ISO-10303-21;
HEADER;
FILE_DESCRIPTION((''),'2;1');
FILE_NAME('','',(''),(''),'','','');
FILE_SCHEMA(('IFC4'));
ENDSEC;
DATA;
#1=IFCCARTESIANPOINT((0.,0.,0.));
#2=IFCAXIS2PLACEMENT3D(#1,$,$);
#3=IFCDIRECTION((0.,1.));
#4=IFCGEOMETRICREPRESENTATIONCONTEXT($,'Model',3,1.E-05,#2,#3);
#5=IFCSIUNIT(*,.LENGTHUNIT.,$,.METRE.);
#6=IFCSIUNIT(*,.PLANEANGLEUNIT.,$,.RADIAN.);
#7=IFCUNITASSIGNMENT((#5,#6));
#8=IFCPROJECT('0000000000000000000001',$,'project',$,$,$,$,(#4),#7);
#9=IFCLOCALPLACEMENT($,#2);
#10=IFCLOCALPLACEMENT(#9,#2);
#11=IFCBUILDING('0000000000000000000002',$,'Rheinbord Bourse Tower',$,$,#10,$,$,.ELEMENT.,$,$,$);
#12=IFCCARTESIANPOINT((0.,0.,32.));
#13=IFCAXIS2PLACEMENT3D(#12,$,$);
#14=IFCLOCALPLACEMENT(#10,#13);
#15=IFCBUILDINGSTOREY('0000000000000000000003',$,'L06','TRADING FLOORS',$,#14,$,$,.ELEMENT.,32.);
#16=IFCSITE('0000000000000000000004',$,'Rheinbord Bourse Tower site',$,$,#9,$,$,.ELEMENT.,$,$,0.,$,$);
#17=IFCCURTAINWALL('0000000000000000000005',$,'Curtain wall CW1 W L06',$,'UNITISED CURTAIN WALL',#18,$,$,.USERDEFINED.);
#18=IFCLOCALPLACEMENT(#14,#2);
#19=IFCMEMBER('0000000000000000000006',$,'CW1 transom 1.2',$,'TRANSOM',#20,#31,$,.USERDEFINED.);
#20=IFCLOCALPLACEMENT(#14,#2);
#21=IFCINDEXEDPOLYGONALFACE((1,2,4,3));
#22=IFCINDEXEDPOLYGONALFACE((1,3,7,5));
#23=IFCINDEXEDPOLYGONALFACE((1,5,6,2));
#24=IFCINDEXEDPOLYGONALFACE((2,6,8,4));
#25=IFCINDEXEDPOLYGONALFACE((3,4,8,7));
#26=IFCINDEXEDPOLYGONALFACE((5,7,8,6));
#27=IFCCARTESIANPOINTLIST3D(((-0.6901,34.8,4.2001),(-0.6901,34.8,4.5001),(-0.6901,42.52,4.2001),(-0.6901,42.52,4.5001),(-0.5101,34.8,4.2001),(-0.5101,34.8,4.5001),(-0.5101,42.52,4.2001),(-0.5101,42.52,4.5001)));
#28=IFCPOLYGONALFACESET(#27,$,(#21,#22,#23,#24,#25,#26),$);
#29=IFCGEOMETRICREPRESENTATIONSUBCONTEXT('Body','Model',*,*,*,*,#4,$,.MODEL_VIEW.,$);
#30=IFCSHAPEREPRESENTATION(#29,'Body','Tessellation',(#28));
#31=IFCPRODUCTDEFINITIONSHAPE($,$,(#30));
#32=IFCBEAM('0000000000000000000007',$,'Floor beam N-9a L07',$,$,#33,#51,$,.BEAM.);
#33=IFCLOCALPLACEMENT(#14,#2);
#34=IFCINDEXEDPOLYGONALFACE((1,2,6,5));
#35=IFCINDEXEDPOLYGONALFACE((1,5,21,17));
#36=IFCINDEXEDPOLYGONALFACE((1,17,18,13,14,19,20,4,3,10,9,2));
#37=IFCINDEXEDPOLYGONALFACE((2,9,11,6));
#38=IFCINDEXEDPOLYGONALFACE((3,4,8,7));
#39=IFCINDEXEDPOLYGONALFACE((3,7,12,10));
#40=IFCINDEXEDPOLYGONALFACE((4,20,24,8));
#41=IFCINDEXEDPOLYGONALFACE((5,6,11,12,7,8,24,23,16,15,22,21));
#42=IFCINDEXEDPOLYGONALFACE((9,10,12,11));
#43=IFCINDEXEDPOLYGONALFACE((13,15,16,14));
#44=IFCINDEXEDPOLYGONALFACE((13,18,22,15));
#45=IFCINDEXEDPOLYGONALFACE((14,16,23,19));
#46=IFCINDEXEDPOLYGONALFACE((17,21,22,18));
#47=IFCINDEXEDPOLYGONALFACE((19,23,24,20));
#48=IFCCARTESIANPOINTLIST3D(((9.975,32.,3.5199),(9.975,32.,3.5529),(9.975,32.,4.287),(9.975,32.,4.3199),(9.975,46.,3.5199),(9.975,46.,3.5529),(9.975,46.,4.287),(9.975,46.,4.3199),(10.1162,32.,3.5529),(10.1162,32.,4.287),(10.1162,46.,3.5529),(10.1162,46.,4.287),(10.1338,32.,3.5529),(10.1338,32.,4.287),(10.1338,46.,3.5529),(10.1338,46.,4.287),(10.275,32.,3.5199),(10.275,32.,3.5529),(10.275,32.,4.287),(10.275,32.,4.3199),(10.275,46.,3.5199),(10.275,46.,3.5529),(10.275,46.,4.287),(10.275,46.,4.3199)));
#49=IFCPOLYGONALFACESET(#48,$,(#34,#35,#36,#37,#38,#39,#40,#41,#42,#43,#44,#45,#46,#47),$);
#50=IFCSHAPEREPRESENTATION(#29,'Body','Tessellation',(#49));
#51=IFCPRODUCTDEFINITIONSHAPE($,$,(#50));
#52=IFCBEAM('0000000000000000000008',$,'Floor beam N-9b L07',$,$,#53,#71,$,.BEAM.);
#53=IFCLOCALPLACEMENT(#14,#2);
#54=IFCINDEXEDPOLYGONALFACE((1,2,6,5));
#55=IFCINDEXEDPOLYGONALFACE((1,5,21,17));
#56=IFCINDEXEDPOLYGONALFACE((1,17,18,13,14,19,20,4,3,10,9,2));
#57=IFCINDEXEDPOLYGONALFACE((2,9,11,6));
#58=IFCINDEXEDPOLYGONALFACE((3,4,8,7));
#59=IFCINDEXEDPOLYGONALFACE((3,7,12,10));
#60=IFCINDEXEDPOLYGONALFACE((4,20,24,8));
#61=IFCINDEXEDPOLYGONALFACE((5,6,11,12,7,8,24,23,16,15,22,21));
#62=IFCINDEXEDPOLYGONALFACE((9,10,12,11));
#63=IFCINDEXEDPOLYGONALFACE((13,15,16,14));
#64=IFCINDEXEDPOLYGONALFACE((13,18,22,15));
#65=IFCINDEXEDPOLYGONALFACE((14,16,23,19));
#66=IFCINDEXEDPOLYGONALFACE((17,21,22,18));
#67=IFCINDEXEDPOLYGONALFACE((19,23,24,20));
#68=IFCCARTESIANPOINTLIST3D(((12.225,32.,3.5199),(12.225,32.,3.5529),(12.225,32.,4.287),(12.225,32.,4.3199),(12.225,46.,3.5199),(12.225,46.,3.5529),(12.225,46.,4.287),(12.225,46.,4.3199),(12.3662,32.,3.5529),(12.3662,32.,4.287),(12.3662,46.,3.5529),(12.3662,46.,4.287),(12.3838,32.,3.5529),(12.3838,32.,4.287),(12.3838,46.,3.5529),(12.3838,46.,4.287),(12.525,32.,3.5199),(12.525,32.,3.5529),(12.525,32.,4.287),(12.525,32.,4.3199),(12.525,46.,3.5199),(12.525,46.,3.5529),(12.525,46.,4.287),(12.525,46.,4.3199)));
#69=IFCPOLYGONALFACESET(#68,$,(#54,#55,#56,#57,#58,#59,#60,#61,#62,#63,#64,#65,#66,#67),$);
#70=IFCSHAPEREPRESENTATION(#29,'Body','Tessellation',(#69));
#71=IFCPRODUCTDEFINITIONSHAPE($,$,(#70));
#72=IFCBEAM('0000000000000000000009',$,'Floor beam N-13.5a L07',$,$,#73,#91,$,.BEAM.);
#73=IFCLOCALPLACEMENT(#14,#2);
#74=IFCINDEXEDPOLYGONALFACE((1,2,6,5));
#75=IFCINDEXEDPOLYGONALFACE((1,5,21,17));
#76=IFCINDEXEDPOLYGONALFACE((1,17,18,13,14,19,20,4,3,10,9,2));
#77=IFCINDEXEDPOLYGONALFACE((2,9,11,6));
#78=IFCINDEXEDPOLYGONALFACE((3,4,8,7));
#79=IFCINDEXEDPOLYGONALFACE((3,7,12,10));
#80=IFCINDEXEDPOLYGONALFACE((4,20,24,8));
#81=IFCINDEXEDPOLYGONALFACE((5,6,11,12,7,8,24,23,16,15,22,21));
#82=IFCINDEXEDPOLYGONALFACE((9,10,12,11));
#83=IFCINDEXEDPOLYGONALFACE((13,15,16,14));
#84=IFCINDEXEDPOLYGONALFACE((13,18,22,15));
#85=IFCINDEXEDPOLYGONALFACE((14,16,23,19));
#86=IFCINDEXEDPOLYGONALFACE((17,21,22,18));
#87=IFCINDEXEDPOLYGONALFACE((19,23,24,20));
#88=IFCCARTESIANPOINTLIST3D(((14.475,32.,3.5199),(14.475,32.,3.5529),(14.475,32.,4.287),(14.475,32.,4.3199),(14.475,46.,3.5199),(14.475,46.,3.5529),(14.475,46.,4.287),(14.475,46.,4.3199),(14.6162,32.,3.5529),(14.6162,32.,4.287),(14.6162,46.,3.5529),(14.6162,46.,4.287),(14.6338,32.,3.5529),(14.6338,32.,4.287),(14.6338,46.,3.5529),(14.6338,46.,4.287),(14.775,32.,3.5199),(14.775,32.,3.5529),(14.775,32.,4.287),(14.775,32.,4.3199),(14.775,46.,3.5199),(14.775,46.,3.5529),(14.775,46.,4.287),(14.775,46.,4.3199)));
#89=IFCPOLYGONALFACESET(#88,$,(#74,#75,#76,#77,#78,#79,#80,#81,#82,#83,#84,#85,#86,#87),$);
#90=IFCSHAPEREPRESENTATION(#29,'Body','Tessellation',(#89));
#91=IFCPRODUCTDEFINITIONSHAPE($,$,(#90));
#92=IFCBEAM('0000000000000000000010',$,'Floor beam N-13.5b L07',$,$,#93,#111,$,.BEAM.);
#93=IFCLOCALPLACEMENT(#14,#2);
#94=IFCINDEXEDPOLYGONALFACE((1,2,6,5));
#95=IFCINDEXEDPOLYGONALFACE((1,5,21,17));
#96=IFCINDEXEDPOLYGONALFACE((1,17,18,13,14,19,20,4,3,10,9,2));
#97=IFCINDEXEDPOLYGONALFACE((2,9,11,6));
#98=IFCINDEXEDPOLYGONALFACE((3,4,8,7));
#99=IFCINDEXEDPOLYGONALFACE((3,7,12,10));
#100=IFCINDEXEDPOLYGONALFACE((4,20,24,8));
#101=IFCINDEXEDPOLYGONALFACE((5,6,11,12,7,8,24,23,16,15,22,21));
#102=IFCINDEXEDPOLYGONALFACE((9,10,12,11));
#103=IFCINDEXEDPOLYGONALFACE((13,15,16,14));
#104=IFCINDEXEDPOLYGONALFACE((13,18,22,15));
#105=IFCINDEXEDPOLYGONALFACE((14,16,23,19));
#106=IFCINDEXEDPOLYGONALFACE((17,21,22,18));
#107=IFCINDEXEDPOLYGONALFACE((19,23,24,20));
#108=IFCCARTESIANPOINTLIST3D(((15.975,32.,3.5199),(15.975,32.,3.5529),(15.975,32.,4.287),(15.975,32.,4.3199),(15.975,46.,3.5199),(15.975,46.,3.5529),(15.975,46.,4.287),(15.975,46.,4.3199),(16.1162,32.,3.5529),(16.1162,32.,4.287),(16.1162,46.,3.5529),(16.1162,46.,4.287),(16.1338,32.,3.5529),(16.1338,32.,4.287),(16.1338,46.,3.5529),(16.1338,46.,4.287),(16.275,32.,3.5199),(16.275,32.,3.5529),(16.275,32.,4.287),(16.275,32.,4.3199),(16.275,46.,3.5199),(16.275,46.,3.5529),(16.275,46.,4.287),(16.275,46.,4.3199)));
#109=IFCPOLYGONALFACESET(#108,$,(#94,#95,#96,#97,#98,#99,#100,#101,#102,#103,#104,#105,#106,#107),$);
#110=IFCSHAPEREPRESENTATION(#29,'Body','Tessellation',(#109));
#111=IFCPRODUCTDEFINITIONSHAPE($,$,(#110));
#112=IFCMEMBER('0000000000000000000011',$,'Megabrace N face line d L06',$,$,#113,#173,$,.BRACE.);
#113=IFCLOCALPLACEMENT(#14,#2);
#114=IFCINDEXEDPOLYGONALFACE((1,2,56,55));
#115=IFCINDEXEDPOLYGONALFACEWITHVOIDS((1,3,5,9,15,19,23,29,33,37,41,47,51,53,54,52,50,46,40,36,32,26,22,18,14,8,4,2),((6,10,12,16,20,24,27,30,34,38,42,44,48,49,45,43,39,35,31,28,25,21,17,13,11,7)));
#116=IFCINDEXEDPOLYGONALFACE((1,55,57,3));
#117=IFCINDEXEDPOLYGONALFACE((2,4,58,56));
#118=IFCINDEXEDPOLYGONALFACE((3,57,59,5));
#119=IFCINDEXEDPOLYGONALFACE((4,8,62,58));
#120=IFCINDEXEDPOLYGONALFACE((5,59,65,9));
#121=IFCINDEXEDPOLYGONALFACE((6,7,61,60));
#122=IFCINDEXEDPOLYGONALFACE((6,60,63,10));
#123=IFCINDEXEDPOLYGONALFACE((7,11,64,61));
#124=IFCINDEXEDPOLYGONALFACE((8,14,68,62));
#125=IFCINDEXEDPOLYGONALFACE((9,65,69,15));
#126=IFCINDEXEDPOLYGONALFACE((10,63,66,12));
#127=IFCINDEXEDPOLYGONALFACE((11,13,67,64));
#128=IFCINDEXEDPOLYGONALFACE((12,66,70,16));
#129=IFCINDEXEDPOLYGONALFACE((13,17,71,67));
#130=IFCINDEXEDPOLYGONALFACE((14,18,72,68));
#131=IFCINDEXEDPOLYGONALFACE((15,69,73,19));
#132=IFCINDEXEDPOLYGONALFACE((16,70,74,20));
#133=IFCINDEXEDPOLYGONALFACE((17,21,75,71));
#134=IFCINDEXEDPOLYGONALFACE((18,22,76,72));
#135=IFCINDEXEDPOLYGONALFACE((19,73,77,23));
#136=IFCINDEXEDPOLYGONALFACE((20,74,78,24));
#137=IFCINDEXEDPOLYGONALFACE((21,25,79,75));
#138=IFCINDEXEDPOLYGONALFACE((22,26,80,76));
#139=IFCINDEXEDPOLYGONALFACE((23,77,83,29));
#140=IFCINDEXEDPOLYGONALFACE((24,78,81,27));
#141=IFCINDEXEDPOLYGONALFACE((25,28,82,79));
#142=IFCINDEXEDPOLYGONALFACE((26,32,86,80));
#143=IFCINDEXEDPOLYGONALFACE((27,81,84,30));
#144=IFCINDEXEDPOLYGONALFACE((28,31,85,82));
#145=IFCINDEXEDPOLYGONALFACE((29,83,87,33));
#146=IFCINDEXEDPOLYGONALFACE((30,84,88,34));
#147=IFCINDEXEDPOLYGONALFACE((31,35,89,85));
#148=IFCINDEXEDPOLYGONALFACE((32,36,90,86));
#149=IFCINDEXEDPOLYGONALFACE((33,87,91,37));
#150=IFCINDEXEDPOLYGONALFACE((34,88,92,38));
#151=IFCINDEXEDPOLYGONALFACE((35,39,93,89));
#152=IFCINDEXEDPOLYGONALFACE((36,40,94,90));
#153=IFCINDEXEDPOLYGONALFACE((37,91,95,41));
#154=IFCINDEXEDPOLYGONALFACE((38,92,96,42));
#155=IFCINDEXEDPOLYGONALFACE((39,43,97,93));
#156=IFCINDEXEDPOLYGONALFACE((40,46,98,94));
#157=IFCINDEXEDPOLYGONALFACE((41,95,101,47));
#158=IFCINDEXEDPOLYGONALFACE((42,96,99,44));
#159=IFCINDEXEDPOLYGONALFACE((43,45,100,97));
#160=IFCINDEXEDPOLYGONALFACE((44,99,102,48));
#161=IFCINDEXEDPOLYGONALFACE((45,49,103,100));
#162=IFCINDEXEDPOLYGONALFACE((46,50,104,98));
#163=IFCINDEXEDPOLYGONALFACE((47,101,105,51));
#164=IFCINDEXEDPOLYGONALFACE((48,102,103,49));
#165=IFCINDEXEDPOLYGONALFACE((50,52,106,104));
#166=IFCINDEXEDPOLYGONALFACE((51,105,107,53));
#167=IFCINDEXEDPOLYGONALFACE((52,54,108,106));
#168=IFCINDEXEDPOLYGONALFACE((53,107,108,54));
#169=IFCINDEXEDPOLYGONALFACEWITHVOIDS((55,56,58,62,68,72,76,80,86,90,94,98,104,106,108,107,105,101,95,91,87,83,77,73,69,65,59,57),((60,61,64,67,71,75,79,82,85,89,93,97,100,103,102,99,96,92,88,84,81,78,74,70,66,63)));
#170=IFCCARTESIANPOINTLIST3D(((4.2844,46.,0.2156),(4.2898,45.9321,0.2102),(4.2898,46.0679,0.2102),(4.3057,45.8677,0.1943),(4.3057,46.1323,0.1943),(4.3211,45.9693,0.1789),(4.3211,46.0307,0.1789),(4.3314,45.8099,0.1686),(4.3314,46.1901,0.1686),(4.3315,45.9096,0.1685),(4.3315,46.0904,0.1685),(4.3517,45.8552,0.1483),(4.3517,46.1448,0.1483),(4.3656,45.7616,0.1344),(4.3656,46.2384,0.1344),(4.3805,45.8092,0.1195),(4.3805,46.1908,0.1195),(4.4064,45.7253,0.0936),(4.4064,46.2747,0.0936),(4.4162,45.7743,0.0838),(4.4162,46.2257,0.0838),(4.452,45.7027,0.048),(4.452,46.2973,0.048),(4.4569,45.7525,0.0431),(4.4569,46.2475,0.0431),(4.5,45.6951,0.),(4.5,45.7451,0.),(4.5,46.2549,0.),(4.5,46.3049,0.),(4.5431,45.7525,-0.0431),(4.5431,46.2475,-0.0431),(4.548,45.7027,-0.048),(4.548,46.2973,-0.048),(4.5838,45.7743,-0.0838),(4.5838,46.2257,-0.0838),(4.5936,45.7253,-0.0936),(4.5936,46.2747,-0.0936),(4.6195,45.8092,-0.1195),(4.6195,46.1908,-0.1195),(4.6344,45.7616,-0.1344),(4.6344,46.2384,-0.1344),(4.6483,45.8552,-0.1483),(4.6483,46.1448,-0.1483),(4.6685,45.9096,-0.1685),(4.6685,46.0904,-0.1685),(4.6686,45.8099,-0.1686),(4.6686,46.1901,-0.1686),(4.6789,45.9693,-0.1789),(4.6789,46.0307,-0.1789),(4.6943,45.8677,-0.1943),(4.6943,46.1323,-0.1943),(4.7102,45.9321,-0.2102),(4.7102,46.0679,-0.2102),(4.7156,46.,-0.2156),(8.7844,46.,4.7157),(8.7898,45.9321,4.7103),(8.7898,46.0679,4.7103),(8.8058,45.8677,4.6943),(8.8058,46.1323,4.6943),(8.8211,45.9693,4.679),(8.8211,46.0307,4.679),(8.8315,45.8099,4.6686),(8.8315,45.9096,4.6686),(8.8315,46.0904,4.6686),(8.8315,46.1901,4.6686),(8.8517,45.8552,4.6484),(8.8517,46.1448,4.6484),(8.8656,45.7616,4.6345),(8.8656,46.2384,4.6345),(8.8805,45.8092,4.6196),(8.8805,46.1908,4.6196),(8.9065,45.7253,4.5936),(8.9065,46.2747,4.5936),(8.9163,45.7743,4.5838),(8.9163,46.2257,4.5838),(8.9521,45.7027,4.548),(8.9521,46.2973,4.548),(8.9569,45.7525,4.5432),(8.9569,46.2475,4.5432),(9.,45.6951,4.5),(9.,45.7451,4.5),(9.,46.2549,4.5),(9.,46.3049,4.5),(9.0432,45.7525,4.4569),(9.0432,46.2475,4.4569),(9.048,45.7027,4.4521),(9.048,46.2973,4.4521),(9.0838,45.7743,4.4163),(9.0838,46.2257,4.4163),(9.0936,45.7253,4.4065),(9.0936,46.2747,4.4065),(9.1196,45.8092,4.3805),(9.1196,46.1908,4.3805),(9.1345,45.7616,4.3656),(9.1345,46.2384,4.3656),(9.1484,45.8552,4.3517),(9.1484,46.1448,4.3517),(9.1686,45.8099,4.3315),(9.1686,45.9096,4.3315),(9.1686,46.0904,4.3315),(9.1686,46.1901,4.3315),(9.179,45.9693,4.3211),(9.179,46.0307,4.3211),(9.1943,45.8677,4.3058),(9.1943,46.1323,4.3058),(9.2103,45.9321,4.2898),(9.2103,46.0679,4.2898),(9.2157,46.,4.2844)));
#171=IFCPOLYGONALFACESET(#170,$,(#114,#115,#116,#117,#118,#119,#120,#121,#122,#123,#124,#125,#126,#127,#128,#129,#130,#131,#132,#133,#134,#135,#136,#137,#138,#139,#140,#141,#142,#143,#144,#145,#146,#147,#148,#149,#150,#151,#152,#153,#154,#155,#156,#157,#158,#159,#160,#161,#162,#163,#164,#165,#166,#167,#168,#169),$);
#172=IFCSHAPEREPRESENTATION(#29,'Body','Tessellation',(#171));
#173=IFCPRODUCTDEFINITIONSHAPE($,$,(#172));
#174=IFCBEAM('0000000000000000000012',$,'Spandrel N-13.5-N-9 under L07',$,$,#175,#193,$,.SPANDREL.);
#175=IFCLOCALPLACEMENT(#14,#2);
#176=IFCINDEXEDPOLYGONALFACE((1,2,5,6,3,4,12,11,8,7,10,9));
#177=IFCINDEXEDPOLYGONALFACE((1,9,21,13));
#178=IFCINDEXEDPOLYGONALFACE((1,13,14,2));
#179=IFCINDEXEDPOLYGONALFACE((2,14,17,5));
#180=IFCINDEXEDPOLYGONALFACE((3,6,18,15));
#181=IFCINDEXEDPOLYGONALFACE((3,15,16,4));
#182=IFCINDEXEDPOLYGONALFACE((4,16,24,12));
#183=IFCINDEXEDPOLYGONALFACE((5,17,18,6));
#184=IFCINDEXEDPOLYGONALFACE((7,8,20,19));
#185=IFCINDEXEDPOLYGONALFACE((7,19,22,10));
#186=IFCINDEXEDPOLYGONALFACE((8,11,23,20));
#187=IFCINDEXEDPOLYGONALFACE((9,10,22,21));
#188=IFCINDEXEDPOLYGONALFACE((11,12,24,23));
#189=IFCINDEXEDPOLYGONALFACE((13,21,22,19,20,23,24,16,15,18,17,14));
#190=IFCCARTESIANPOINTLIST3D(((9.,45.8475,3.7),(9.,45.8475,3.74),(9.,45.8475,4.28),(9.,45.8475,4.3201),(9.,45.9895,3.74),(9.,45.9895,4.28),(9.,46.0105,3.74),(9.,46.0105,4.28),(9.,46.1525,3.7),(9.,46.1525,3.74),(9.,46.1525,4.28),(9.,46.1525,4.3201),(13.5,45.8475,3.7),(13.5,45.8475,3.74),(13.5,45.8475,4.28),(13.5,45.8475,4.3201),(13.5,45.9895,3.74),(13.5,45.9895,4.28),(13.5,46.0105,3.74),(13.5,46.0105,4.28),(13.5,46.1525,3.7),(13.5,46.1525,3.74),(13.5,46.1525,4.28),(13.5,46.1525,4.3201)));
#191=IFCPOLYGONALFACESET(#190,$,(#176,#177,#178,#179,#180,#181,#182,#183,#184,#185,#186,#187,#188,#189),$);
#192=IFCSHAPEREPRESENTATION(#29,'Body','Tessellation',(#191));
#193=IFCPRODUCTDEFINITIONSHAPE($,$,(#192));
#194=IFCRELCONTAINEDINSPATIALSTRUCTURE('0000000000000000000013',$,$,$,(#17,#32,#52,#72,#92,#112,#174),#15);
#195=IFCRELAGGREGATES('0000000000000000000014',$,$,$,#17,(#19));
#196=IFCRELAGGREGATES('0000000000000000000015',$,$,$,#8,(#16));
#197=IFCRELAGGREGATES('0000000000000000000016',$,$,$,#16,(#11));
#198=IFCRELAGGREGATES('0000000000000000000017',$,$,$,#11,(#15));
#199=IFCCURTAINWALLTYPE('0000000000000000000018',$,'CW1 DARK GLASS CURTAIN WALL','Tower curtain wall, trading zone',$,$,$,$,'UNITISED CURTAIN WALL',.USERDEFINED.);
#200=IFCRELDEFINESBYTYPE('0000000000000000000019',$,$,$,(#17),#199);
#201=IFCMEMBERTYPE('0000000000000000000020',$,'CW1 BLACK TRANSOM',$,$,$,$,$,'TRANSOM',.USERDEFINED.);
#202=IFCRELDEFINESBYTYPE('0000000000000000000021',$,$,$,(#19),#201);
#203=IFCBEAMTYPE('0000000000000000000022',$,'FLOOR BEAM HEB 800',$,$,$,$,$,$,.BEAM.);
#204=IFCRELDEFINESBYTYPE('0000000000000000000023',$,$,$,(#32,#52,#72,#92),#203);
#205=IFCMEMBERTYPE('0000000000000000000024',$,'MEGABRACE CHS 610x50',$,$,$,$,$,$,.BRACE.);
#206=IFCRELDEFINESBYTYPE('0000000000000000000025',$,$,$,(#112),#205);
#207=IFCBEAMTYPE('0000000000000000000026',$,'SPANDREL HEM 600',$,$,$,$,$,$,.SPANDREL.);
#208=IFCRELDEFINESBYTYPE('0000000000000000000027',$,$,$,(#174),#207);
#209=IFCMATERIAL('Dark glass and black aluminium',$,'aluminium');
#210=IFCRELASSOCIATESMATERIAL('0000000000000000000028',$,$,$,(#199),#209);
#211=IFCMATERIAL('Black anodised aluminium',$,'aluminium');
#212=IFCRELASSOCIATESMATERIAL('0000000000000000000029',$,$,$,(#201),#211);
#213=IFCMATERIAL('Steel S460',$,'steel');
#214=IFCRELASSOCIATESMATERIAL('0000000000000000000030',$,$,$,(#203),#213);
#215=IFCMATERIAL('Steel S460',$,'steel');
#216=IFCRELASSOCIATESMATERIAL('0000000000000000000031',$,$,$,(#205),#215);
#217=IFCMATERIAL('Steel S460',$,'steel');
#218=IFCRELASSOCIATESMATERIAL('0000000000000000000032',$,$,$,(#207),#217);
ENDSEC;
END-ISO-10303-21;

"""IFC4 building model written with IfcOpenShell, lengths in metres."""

from ifc_helpers import new_model, si_unit, direction, frame, origin, origin_2d, place, context, subcontext, project, spatial, rectangle, hollow_circle, i_section, extrude, material, material_profile, profile_set, type_object, element, aggregate, save


model = new_model("IFC4")

# Units and contexts
model_context = context("Model", 3, precision=1e-05, world=origin(), true_north=direction((0.0, 1.0)))
body_context = subcontext(model_context, "Body", "Model", "MODEL_VIEW")
ifc_project = project(units=[si_unit("LENGTHUNIT", "METRE"), si_unit("PLANEANGLEUNIT", "RADIAN")], contexts=[model_context])

# Site, building, storey
site_placement = place(None, origin())
site = spatial("IfcSite", under=ifc_project, at=site_placement, Name="Rheinbord Bourse Tower site", CompositionType="ELEMENT", RefElevation=0.0)
building_placement = place(site_placement, origin())
building = spatial("IfcBuilding", under=site, at=building_placement, Name="Rheinbord Bourse Tower", CompositionType="ELEMENT")
storey_placement = place(building_placement, frame((0.0, 0.0, 32.0)))
storey = spatial("IfcBuildingStorey", under=building, at=storey_placement, Name="L06", Description="TRADING FLOORS", CompositionType="ELEMENT", Elevation=32.0)

# Shared definitions
ifc_material_1 = material(Name="Dark glass and black aluminium", Category="aluminium")
curtain_wall_type = type_object("IfcCurtainWallType", Name="CW1 DARK GLASS CURTAIN WALL", Description="Tower curtain wall, trading zone", ElementType="UNITISED CURTAIN WALL", PredefinedType="USERDEFINED", material=ifc_material_1)

# Curtain wall
curtain_wall_1_placement = place(storey_placement, origin())
curtain_wall_1 = element("IfcCurtainWall", 1, at=curtain_wall_1_placement, inside=storey, type_object=curtain_wall_type, Name="Curtain wall CW1 W L06", ObjectType="UNITISED CURTAIN WALL", PredefinedType="USERDEFINED")

# Member
ifc_material_2 = material(Name="Black anodised aluminium", Category="aluminium")
ifc_material_profile_1 = material_profile(ifc_material_2, rectangle(XDim=0.1799, YDim=0.3, at=origin_2d()), Name="CW1 TRANSOM 300x180")
ifc_profile_set_1 = profile_set([ifc_material_profile_1], Name="Black anodised aluminium")
member_type_1 = type_object("IfcMemberType", Name="CW1 BLACK TRANSOM", ElementType="TRANSOM", PredefinedType="USERDEFINED", material=ifc_profile_set_1)
member_1_placement = place(storey_placement, frame((-0.6001, 42.52, 4.3501), z_axis=(0.0, -1.0, 0.0), x_axis=(1.0, 0.0, 0.0)))
member_1 = element("IfcMember", 2, at=member_1_placement, type_object=member_type_1, Name="CW1 transom 1.2", ObjectType="TRANSOM", PredefinedType="USERDEFINED", context=body_context, shape_type="SweptSolid", body=[
    extrude(rectangle(XDim=0.1799, YDim=0.3, at=origin_2d()), origin(), (0.0, 0.0, 1.0), 7.72),
])
aggregate(curtain_wall_1, [member_1])

# Beams
ifc_material_3 = material(Name="Steel S460", Category="steel")
ifc_material_profile_2 = material_profile(ifc_material_3, i_section(OverallWidth=0.3, OverallDepth=0.8, WebThickness=0.0176, FlangeThickness=0.033, at=origin_2d()), Name="HEB 800")
ifc_profile_set_2 = profile_set([ifc_material_profile_2], Name="Steel S460")
beam_type_1 = type_object("IfcBeamType", Name="FLOOR BEAM HEB 800", PredefinedType="BEAM", material=ifc_profile_set_2)
for number, where, z_axis, x_axis, name in (
    (3, (10.125, 46.0, 3.9199), (0.0, -1.0, 0.0), (1.0, 0.0, 0.0), "Floor beam N-9a L07"),
    (4, (12.375, 46.0, 3.9199), (0.0, -1.0, 0.0), (1.0, 0.0, 0.0), "Floor beam N-9b L07"),
    (5, (14.625, 46.0, 3.9199), (0.0, -1.0, 0.0), (1.0, 0.0, 0.0), "Floor beam N-13.5a L07"),
    (6, (16.125, 46.0, 3.9199), (0.0, -1.0, 0.0), (1.0, 0.0, 0.0), "Floor beam N-13.5b L07"),
):
    element("IfcBeam", number, at=place(storey_placement, frame(where, z_axis=z_axis, x_axis=x_axis)), inside=storey, type_object=beam_type_1, Name=name, PredefinedType="BEAM", context=body_context, shape_type="SweptSolid", body=[
        extrude(i_section(OverallWidth=0.3, OverallDepth=0.8, WebThickness=0.0176, FlangeThickness=0.033, at=origin_2d()), origin(), (0.0, 0.0, 1.0), 14.0),
    ])

# Member
ifc_material_4 = material(Name="Steel S460", Category="steel")
ifc_material_profile_3 = material_profile(ifc_material_4, hollow_circle(Radius=0.3049, WallThickness=0.05, at=origin_2d()), Name="CHS 610x50")
ifc_profile_set_3 = profile_set([ifc_material_profile_3], Name="Steel S460")
member_type_2 = type_object("IfcMemberType", Name="MEGABRACE CHS 610x50", PredefinedType="BRACE", material=ifc_profile_set_3)
member_2_placement = place(storey_placement, frame((4.5, 46.0, 0.0), z_axis=(0.707107, 0.0, 0.707107), x_axis=(0.0, 1.0, 0.0)))
element("IfcMember", 7, at=member_2_placement, inside=storey, type_object=member_type_2, Name="Megabrace N face line d L06", PredefinedType="BRACE", context=body_context, shape_type="SweptSolid", body=[
    extrude(hollow_circle(Radius=0.3049, WallThickness=0.05, at=origin_2d()), origin(), (0.0, 0.0, 1.0), 6.364),
])

# Beam
ifc_material_5 = material(Name="Steel S460", Category="steel")
ifc_material_profile_4 = material_profile(ifc_material_5, i_section(OverallWidth=0.3049, OverallDepth=0.6201, WebThickness=0.021, FlangeThickness=0.04, at=origin_2d()), Name="HEM 600")
ifc_profile_set_4 = profile_set([ifc_material_profile_4], Name="Steel S460")
beam_type_2 = type_object("IfcBeamType", Name="SPANDREL HEM 600", PredefinedType="SPANDREL", material=ifc_profile_set_4)
for number, where, z_axis, x_axis, name in (
    (8, (13.5, 46.0, 4.01), (-1.0, 0.0, 0.0), (0.0, -1.0, 0.0), "Spandrel N-13.5-N-9 under L07"),
):
    element("IfcBeam", number, at=place(storey_placement, frame(where, z_axis=z_axis, x_axis=x_axis)), inside=storey, type_object=beam_type_2, Name=name, PredefinedType="SPANDREL", context=body_context, shape_type="SweptSolid", body=[
        extrude(i_section(OverallWidth=0.3049, OverallDepth=0.6201, WebThickness=0.021, FlangeThickness=0.04, at=origin_2d()), origin(), (0.0, 0.0, 1.0), 4.5),
    ])

save(model, "model.ifc")
